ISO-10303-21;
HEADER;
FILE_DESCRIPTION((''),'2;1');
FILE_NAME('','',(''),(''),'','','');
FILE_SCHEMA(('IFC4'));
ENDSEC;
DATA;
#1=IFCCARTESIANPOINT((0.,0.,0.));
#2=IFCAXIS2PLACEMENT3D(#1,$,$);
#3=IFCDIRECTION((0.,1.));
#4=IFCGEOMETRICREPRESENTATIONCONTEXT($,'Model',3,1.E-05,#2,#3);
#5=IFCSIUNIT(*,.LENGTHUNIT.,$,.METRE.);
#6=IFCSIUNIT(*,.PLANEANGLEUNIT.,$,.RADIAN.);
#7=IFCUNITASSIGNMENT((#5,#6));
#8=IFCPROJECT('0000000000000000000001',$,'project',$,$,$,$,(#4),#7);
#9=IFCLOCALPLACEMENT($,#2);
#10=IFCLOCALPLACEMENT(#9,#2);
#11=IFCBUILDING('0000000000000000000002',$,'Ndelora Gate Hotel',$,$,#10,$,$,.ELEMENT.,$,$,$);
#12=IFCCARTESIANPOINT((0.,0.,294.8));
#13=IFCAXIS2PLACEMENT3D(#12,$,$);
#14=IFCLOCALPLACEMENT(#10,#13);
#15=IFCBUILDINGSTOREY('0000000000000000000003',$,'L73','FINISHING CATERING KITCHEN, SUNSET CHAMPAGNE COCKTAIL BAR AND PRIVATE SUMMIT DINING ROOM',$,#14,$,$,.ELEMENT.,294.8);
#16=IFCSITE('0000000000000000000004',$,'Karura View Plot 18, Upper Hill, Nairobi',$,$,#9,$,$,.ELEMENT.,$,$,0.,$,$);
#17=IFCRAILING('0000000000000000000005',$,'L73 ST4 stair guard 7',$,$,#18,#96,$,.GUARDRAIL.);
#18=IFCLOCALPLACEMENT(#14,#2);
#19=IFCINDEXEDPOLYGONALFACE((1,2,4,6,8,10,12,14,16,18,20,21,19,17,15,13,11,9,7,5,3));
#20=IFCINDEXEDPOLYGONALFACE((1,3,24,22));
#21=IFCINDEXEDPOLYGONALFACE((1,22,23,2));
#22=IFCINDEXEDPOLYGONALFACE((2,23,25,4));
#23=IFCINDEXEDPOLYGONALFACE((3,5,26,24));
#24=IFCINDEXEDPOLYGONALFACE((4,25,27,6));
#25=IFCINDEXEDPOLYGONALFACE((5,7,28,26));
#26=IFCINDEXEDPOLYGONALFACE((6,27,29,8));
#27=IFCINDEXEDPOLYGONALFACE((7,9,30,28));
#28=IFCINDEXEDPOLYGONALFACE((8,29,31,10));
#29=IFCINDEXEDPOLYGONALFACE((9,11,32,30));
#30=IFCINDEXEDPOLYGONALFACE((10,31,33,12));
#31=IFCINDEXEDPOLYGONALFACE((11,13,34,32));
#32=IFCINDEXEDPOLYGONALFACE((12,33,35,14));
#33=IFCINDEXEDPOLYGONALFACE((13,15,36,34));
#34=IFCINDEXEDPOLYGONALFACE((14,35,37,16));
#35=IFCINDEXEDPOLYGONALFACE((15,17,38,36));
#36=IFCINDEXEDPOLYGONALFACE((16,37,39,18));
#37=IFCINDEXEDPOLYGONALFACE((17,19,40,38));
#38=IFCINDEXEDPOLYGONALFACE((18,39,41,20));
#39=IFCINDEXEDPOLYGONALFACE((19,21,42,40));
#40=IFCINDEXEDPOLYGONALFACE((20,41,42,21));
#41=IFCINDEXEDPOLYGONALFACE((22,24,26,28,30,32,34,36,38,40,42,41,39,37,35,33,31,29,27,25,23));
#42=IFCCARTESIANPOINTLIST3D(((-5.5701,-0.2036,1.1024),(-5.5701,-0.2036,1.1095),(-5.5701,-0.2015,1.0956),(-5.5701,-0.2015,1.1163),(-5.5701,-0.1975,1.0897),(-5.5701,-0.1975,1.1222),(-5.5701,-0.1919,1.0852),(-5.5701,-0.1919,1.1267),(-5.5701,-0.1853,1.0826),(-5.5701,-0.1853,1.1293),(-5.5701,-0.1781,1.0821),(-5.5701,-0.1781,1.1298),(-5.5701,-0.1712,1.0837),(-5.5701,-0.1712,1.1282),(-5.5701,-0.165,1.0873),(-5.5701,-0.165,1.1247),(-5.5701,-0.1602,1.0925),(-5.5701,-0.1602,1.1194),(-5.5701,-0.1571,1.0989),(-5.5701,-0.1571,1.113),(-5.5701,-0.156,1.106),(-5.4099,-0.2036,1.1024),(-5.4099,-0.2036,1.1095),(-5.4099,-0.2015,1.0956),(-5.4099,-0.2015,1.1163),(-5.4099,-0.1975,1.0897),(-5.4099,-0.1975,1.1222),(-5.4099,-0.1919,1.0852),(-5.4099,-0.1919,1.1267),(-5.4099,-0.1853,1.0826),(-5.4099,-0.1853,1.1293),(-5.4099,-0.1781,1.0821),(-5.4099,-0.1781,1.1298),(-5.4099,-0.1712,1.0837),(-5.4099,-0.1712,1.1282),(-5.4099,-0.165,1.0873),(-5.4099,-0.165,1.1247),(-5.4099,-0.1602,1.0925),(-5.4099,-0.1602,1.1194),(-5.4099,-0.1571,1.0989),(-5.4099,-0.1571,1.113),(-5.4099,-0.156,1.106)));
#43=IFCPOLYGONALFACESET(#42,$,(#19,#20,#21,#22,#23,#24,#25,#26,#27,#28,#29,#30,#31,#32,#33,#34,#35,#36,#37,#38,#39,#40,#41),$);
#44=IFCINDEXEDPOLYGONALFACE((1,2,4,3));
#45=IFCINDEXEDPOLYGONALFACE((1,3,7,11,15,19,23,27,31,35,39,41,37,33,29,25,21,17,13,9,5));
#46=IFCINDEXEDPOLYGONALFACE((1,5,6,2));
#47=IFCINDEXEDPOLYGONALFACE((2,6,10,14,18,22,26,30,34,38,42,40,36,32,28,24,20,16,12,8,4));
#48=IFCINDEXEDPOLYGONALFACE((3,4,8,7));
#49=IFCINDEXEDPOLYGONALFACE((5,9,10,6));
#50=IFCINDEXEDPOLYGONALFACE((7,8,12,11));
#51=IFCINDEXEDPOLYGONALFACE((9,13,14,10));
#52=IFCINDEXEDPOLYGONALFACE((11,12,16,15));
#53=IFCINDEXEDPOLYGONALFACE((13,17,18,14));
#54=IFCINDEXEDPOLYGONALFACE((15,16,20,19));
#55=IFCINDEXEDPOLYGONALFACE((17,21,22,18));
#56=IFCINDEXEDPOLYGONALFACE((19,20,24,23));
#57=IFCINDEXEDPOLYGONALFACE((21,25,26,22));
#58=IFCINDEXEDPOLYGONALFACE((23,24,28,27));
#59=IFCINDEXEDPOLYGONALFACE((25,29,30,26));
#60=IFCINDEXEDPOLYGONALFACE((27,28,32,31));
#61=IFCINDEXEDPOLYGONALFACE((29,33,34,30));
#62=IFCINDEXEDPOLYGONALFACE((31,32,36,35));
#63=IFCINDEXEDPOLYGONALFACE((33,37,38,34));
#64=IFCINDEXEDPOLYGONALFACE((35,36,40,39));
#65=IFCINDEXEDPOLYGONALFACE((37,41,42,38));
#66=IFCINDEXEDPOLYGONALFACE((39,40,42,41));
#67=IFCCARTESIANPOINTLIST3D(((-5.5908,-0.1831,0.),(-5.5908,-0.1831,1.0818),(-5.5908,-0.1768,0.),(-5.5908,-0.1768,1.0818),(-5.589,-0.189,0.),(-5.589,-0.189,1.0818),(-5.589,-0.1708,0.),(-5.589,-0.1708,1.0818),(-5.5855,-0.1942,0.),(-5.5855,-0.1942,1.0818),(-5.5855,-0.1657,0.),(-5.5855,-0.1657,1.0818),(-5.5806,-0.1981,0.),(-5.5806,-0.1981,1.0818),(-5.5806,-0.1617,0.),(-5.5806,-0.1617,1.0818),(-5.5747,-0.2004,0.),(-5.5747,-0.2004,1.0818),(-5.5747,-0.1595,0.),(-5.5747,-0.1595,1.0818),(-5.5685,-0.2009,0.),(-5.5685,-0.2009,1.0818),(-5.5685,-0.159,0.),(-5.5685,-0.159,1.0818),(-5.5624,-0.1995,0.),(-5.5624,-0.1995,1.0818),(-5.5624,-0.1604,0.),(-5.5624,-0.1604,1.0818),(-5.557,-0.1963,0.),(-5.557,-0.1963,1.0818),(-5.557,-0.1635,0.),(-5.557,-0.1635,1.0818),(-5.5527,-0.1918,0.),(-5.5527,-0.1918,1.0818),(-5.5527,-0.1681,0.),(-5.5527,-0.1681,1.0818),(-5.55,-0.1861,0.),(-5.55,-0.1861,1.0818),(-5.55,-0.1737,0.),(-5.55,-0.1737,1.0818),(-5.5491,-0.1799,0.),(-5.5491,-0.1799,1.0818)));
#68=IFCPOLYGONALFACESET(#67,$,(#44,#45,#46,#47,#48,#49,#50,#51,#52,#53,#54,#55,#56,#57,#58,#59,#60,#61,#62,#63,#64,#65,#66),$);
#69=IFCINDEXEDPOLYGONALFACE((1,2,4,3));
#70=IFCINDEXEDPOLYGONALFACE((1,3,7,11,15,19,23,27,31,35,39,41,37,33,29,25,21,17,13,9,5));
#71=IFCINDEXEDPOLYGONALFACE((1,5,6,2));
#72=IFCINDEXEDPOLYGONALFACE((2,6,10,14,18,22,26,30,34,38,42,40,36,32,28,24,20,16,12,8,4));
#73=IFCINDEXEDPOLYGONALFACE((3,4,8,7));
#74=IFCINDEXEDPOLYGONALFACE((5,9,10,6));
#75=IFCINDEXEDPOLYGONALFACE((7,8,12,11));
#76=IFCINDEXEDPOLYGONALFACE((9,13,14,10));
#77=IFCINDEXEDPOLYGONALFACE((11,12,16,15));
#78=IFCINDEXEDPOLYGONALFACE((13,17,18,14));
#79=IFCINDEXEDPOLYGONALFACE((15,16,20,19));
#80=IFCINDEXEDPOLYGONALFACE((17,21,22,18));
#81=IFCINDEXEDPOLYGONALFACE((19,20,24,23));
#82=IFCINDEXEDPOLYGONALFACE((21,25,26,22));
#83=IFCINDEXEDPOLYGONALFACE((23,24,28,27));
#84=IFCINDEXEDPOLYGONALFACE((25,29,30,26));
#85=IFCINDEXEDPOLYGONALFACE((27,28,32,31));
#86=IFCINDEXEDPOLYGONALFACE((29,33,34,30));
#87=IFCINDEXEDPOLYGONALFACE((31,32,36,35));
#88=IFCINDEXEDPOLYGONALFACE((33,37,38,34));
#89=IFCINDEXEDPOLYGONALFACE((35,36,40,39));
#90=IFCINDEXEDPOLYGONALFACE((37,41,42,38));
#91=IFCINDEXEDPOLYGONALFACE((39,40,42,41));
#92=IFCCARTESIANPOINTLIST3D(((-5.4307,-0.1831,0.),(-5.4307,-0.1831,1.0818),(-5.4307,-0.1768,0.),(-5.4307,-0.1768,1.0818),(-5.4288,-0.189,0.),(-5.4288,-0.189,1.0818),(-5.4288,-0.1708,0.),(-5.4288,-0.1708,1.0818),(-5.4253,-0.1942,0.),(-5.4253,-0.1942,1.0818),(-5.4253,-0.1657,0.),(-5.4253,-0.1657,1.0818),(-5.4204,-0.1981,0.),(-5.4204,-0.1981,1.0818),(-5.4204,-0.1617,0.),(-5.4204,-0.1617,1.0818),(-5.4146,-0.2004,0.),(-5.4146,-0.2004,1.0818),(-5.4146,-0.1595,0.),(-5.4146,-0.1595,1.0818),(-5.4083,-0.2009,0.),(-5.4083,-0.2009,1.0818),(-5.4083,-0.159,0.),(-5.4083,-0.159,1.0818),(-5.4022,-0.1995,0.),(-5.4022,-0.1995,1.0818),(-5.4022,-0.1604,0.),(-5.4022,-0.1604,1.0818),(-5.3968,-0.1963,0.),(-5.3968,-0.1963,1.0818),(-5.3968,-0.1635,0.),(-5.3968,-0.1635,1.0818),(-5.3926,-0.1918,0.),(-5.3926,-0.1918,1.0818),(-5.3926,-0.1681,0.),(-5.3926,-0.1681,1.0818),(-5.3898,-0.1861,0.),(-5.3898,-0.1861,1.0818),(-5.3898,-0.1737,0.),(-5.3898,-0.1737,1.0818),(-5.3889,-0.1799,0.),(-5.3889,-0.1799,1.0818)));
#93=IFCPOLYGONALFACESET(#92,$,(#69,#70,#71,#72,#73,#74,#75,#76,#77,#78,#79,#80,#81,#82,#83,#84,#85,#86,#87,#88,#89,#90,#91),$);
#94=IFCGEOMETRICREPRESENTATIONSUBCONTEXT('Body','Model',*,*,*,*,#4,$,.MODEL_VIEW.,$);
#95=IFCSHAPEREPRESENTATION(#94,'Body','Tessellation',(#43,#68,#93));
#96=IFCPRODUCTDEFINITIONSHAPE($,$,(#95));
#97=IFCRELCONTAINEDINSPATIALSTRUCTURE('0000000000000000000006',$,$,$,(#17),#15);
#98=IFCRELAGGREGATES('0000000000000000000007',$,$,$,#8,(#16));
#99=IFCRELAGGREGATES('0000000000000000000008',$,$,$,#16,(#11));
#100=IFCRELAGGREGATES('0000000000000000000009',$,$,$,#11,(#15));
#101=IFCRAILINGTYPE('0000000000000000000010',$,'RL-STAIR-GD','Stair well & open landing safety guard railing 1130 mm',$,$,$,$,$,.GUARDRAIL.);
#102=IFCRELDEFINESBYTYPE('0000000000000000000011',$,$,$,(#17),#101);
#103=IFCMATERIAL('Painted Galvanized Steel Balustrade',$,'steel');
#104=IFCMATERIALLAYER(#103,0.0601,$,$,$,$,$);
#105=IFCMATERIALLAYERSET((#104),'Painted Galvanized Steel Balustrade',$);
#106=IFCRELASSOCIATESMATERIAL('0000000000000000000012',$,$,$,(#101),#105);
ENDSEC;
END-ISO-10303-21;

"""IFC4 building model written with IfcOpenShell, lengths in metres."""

from ifc_helpers import new_model, si_unit, direction, frame, origin, origin_2d, place, context, subcontext, project, spatial, circle, extrude, material, layer, layer_set, type_object, element, save


model = new_model("IFC4")

# Units and contexts
model_context = context("Model", 3, precision=1e-05, world=origin(), true_north=direction((0.0, 1.0)))
body_context = subcontext(model_context, "Body", "Model", "MODEL_VIEW")
ifc_project = project(units=[si_unit("LENGTHUNIT", "METRE"), si_unit("PLANEANGLEUNIT", "RADIAN")], contexts=[model_context])

# Site, building, storey
site_placement = place(None, origin())
site = spatial("IfcSite", under=ifc_project, at=site_placement, Name="Karura View Plot 18, Upper Hill, Nairobi", CompositionType="ELEMENT", RefElevation=0.0)
building_placement = place(site_placement, origin())
building = spatial("IfcBuilding", under=site, at=building_placement, Name="Ndelora Gate Hotel", CompositionType="ELEMENT")
storey_placement = place(building_placement, frame((0.0, 0.0, 294.8)))
storey = spatial("IfcBuildingStorey", under=building, at=storey_placement, Name="L73", Description="FINISHING CATERING KITCHEN, SUNSET CHAMPAGNE COCKTAIL BAR AND PRIVATE SUMMIT DINING ROOM", CompositionType="ELEMENT", Elevation=294.8)

# Railing
ifc_material_1 = material(Name="Painted Galvanized Steel Balustrade", Category="steel")
ifc_layer_1 = layer(ifc_material_1, 0.0601)
ifc_layer_set_1 = layer_set([ifc_layer_1], Name="Painted Galvanized Steel Balustrade")
railing_type_1 = type_object("IfcRailingType", Name="RL-STAIR-GD", Description="Stair well & open landing safety guard railing 1130 mm", PredefinedType="GUARDRAIL", material=ifc_layer_set_1)
railing_1_placement = place(storey_placement, frame((-5.5701, -0.1799, 0.0)))
element("IfcRailing", 1, at=railing_1_placement, inside=storey, type_object=railing_type_1, Name="L73 ST4 stair guard 7", PredefinedType="GUARDRAIL", context=body_context, shape_type="SweptSolid", body=[
    extrude(circle(Radius=0.0239, at=origin_2d()), frame((0.0, 0.0, 1.106), z_axis=(1.0, 0.0, 0.0), x_axis=(0.0, 1.0, 0.0)), (0.0, 0.0, 1.0), 0.1602),
    extrude(circle(Radius=0.021, at=origin_2d()), origin(), (0.0, 0.0, 1.0), 1.0818),
    extrude(circle(Radius=0.021, at=origin_2d()), frame((0.1602, 0.0, 0.0)), (0.0, 0.0, 1.0), 1.0818),
])

save(model, "model.ifc")
